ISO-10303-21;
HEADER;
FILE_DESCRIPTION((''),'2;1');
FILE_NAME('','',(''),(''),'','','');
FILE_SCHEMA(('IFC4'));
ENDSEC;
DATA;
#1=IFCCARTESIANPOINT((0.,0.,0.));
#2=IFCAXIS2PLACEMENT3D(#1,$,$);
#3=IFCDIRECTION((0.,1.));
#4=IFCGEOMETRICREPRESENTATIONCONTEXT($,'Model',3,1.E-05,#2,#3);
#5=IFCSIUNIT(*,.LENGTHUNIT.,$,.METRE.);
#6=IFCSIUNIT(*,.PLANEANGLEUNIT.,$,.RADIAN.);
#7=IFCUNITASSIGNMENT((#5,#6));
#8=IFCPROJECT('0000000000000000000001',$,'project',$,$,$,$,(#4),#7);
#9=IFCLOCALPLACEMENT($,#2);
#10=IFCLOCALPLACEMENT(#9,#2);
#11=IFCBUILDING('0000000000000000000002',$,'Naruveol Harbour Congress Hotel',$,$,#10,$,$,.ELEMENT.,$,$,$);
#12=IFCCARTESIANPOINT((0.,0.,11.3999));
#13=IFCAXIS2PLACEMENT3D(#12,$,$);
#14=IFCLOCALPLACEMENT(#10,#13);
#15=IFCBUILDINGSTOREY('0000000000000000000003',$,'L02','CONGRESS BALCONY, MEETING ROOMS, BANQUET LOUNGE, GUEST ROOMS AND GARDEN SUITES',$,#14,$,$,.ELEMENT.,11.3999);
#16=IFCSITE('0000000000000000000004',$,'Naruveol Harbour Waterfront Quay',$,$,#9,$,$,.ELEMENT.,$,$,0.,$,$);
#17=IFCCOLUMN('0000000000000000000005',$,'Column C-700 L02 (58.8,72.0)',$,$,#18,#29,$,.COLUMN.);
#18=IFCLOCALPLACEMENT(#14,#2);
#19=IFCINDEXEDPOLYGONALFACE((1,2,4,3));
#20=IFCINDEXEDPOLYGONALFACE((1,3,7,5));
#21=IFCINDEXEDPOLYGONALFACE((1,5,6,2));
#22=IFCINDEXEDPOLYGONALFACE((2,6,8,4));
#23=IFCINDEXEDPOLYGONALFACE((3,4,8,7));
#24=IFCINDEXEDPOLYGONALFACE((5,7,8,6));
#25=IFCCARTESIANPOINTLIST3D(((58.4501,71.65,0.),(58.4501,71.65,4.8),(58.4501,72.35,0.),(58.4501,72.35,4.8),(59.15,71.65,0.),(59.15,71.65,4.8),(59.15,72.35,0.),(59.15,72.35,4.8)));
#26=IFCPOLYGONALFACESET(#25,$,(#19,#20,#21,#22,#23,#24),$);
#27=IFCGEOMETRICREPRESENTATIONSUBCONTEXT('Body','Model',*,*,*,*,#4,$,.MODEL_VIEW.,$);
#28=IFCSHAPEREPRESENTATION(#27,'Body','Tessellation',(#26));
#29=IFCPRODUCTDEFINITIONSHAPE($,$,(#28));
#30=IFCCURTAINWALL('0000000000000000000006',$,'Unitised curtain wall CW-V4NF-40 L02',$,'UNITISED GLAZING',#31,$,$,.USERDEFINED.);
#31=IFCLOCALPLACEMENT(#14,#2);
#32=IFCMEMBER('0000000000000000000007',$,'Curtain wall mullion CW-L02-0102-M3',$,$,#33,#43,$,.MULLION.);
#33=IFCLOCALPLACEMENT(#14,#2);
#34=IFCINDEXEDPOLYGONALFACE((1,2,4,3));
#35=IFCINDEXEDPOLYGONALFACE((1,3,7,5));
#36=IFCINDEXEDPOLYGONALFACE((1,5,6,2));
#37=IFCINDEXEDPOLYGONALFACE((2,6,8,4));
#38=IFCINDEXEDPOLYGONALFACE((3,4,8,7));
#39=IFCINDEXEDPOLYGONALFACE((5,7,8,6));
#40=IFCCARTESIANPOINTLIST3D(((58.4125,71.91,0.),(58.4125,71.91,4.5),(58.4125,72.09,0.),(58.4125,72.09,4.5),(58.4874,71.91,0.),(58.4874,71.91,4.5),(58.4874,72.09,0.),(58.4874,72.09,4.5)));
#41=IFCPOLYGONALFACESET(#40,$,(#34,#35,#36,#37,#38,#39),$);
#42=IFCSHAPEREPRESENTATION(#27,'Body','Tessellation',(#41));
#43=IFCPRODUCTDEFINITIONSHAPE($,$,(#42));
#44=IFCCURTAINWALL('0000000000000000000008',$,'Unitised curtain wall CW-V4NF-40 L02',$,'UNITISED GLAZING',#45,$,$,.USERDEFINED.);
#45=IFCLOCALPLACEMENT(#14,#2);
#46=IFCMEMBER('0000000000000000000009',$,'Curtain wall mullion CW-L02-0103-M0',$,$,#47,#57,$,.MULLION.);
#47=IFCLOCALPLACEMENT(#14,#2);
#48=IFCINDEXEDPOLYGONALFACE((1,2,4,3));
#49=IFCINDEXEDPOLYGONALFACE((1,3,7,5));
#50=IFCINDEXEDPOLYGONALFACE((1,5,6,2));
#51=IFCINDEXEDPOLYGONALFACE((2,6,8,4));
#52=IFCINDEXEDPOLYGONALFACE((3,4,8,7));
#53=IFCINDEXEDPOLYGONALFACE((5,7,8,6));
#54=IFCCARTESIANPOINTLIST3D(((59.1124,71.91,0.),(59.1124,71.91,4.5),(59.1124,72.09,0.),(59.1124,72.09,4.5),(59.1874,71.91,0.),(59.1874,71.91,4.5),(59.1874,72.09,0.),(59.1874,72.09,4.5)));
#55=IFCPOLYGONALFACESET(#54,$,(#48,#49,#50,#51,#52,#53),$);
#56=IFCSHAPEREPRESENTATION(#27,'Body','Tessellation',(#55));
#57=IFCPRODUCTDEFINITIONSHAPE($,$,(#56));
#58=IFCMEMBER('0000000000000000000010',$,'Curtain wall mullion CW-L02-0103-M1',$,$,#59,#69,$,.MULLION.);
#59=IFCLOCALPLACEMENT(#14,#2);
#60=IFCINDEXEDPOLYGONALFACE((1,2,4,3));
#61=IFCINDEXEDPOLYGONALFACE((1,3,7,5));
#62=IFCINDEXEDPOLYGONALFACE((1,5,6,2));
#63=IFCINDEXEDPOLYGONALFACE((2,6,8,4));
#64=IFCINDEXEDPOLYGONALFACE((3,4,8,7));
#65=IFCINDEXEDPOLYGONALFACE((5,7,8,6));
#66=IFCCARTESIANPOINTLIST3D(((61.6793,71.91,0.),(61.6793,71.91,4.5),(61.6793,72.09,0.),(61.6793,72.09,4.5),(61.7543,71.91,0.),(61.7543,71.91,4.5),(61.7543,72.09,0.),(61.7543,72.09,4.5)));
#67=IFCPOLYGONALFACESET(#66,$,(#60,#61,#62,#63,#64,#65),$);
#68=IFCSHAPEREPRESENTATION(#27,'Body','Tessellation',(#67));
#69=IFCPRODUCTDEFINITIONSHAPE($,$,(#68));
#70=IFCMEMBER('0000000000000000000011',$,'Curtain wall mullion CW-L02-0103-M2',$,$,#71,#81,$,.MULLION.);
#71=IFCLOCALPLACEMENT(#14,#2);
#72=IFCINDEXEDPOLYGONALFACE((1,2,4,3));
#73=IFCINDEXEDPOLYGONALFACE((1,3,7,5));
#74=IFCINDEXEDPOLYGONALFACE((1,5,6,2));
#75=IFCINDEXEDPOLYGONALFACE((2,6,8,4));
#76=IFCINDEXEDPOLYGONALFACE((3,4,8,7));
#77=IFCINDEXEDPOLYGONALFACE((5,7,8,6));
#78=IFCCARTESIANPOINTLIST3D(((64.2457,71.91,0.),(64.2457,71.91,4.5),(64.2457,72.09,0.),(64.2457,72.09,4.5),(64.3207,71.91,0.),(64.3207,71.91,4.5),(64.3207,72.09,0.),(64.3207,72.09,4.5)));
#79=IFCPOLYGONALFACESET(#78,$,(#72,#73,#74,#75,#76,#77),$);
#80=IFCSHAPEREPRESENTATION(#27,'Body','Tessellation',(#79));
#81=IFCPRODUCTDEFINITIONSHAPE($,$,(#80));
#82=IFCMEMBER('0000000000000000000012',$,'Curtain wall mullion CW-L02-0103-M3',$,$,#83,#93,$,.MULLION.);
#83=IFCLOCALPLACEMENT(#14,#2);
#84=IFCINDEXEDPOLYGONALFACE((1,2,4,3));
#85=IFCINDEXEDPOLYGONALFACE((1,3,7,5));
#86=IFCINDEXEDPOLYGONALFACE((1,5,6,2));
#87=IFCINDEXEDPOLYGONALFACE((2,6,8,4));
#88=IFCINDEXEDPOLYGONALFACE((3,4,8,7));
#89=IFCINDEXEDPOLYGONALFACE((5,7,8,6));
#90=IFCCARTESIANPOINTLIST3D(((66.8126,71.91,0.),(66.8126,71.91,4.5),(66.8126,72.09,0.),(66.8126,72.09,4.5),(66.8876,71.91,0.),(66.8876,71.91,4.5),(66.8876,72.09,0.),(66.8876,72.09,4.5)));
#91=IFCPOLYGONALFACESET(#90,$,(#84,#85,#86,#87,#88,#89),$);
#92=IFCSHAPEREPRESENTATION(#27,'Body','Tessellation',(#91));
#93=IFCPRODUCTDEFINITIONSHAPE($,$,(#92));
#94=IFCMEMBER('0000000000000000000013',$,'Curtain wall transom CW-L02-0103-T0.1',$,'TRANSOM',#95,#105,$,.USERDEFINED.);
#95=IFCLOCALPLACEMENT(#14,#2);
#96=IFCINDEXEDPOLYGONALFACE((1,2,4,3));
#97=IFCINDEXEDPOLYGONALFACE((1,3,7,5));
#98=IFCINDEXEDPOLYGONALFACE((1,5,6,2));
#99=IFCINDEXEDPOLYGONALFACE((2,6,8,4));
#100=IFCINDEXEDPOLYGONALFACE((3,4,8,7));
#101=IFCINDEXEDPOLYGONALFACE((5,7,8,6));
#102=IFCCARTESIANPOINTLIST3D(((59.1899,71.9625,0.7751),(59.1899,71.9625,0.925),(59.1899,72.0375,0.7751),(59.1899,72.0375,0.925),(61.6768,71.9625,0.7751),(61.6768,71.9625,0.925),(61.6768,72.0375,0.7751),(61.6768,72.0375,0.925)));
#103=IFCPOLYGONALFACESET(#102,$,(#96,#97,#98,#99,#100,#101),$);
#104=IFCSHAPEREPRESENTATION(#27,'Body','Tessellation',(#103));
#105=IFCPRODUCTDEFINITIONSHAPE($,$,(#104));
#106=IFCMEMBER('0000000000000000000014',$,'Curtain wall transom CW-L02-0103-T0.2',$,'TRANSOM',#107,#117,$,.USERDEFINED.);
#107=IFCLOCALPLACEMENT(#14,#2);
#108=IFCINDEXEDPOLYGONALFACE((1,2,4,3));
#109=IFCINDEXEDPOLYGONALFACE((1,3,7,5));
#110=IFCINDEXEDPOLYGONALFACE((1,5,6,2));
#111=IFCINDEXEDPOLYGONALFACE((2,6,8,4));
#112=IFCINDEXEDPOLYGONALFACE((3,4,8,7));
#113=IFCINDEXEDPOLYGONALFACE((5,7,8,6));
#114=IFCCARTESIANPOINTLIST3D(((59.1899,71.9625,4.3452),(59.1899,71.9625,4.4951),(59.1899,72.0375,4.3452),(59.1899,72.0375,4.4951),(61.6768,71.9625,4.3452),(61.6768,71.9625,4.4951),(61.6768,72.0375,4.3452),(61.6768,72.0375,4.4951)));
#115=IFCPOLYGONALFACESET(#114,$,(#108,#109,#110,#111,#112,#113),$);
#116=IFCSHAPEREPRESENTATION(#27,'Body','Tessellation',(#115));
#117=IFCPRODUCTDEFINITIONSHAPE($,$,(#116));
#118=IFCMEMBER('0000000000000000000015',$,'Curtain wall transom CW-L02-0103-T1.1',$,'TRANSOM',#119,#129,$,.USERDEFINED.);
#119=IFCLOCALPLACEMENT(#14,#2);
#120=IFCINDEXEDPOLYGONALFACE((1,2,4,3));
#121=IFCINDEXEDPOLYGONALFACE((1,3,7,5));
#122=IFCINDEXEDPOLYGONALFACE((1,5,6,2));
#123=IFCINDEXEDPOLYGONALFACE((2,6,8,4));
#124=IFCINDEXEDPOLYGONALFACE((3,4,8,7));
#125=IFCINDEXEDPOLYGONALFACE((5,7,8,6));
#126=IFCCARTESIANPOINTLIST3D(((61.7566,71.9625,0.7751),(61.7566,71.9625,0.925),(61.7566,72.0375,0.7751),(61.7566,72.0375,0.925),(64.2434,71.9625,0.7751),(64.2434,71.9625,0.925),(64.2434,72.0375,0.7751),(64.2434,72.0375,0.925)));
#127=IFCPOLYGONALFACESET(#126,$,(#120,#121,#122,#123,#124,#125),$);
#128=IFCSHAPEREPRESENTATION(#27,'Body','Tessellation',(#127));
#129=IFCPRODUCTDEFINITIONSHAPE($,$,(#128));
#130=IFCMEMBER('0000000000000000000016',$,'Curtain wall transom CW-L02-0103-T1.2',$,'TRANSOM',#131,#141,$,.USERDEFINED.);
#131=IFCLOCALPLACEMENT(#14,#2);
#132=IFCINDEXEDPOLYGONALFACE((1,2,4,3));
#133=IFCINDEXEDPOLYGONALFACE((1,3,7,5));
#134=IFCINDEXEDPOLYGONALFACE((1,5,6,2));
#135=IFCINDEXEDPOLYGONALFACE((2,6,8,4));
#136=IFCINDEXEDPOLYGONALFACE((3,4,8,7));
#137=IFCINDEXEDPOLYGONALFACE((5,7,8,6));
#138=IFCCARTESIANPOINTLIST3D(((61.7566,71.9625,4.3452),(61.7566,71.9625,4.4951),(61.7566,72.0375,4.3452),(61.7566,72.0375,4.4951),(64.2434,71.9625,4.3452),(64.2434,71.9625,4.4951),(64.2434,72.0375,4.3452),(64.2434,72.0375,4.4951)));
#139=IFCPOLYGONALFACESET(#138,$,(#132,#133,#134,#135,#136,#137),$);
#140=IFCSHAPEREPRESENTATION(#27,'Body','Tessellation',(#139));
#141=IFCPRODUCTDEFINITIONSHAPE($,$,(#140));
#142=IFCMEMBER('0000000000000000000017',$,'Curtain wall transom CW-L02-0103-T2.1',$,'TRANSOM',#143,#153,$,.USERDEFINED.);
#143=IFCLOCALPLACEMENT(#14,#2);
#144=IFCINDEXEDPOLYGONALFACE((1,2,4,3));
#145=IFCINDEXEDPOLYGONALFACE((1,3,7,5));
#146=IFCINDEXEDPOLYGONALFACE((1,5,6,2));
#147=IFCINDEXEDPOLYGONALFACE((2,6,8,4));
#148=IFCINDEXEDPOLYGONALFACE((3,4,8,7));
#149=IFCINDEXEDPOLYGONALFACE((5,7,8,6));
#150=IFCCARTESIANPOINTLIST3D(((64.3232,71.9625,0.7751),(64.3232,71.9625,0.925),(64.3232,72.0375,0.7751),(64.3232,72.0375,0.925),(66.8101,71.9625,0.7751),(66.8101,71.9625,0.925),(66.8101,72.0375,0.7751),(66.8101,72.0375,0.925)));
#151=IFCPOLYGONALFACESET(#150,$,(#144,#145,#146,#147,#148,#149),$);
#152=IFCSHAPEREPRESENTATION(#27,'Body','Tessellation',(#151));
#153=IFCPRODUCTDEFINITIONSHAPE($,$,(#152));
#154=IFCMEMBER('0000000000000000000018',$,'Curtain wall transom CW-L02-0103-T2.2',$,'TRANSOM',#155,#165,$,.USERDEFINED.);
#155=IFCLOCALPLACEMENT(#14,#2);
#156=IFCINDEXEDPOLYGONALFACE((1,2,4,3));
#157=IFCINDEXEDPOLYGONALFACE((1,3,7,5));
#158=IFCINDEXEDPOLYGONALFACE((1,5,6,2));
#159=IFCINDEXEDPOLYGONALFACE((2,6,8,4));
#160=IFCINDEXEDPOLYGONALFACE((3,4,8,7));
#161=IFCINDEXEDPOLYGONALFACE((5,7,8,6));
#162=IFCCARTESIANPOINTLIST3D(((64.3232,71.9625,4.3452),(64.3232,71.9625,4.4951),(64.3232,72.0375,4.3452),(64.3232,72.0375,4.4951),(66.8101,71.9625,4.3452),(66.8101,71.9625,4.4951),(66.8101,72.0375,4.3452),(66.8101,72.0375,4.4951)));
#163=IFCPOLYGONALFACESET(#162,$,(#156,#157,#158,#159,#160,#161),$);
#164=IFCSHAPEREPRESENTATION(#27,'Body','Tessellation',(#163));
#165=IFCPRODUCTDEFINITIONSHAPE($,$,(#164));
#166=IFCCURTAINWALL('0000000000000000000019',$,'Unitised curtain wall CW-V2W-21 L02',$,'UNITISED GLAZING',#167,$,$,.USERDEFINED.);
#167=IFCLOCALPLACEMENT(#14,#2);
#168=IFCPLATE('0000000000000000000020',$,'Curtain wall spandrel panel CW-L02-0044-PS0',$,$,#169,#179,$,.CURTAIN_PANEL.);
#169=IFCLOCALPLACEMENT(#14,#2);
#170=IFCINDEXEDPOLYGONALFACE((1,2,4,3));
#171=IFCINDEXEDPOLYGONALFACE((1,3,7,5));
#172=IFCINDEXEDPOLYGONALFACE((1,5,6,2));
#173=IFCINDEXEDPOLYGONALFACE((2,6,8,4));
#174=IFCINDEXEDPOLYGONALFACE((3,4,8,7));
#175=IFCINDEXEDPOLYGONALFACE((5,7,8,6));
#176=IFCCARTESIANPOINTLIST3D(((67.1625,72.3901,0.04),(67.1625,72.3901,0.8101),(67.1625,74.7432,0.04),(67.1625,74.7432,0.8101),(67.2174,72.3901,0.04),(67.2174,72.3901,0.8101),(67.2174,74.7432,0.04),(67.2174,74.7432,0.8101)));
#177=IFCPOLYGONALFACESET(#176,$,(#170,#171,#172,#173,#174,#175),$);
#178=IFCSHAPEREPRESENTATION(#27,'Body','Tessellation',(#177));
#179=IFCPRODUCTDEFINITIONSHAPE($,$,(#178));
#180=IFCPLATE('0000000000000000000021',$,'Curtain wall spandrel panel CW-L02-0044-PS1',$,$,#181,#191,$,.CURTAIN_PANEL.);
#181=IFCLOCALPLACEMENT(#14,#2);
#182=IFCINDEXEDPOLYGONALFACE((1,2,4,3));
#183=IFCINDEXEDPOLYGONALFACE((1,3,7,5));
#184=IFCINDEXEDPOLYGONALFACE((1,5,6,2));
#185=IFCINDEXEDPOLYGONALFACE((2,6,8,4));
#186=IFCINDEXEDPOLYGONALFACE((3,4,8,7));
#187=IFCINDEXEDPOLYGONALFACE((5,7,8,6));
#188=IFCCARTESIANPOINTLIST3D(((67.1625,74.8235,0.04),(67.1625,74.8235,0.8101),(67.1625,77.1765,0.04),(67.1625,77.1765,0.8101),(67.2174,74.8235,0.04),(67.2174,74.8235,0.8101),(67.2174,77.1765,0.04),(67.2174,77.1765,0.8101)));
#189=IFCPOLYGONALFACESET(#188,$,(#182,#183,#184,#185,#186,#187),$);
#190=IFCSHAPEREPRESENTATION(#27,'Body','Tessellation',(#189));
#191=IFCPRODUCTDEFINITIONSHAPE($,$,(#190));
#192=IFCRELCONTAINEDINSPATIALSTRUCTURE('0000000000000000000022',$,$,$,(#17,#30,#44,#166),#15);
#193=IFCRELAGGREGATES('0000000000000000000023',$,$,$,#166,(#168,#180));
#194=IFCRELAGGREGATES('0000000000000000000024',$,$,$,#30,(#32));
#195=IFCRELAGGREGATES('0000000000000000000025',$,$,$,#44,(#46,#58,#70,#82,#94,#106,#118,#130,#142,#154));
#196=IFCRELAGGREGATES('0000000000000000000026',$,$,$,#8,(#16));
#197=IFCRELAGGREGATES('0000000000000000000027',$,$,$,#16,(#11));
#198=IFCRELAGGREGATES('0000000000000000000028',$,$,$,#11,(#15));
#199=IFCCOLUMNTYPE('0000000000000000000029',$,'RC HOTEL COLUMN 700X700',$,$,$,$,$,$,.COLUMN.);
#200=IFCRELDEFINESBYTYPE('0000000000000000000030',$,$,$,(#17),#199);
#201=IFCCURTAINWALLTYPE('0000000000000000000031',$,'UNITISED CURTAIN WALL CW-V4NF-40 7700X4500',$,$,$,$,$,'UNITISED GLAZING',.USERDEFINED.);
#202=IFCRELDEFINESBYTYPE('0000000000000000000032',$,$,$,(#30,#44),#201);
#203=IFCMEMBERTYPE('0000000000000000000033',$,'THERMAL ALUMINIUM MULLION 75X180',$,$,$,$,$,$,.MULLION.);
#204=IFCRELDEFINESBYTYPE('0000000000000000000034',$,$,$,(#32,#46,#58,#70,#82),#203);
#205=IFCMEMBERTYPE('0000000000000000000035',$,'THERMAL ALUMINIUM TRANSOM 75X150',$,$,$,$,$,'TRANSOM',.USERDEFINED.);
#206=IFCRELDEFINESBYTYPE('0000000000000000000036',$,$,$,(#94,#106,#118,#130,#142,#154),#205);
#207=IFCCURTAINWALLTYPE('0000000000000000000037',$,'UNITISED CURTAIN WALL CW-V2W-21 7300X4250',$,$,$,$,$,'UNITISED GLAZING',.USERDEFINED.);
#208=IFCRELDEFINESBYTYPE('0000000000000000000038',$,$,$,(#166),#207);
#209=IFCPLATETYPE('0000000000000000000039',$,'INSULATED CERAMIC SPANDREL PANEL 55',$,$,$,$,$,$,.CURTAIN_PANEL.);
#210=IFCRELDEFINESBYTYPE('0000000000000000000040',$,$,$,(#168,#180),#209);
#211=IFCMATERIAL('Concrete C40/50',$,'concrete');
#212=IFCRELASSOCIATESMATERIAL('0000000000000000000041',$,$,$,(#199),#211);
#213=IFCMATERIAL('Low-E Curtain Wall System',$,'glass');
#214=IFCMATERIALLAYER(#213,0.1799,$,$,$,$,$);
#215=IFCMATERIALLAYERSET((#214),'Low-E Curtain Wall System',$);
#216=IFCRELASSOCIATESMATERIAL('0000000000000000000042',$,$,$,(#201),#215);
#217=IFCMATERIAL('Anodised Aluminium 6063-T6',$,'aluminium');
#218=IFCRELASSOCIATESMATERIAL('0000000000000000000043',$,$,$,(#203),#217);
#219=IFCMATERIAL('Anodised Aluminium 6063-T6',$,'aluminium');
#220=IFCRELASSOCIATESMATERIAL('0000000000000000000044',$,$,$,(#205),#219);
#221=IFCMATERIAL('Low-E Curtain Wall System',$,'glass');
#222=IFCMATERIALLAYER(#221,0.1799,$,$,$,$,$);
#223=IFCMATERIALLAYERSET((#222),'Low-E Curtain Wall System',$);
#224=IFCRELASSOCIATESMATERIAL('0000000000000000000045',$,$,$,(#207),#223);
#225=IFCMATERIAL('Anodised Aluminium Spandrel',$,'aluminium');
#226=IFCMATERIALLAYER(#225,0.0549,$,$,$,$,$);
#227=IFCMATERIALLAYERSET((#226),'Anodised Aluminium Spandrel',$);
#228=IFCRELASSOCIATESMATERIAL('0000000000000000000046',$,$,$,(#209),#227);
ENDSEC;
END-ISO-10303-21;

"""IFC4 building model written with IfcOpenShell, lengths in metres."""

from ifc_helpers import new_model, si_unit, direction, frame, origin, origin_2d, place, context, subcontext, project, spatial, rectangle, extrude, material, layer, layer_set, material_profile, profile_set, type_object, element, aggregate, save


model = new_model("IFC4")

# Units and contexts
model_context = context("Model", 3, precision=1e-05, world=origin(), true_north=direction((0.0, 1.0)))
body_context = subcontext(model_context, "Body", "Model", "MODEL_VIEW")
ifc_project = project(units=[si_unit("LENGTHUNIT", "METRE"), si_unit("PLANEANGLEUNIT", "RADIAN")], contexts=[model_context])

# Site, building, storey
site_placement = place(None, origin())
site = spatial("IfcSite", under=ifc_project, at=site_placement, Name="Naruveol Harbour Waterfront Quay", CompositionType="ELEMENT", RefElevation=0.0)
building_placement = place(site_placement, origin())
building = spatial("IfcBuilding", under=site, at=building_placement, Name="Naruveol Harbour Congress Hotel", CompositionType="ELEMENT")
storey_placement = place(building_placement, frame((0.0, 0.0, 11.3999)))
storey = spatial("IfcBuildingStorey", under=building, at=storey_placement, Name="L02", Description="CONGRESS BALCONY, MEETING ROOMS, BANQUET LOUNGE, GUEST ROOMS AND GARDEN SUITES", CompositionType="ELEMENT", Elevation=11.3999)

# Column
ifc_material_1 = material(Name="Concrete C40/50", Category="concrete")
ifc_material_profile_1 = material_profile(ifc_material_1, rectangle(XDim=0.7, YDim=0.7, at=origin_2d()), Name="RC-700x700")
ifc_profile_set_1 = profile_set([ifc_material_profile_1], Name="Concrete C40/50")
column_type = type_object("IfcColumnType", Name="RC HOTEL COLUMN 700X700", PredefinedType="COLUMN", material=ifc_profile_set_1)
column_placement = place(storey_placement, frame((58.8, 72.0, 0.0), z_axis=(0.0, 0.0, 1.0), x_axis=(1.0, 0.0, 0.0)))
element("IfcColumn", 1, at=column_placement, inside=storey, type_object=column_type, Name="Column C-700 L02 (58.8,72.0)", PredefinedType="COLUMN", context=body_context, shape_type="SweptSolid", body=[
    extrude(rectangle(XDim=0.7, YDim=0.7, at=origin_2d()), origin(), (0.0, 0.0, 1.0), 4.8),
])

# Curtain wall, member
ifc_material_2 = material(Name="Low-E Curtain Wall System", Category="glass")
ifc_layer_1 = layer(ifc_material_2, 0.1799)
ifc_layer_set_1 = layer_set([ifc_layer_1], Name="Low-E Curtain Wall System")
curtain_wall_type_1 = type_object("IfcCurtainWallType", Name="UNITISED CURTAIN WALL CW-V4NF-40 7700X4500", ElementType="UNITISED GLAZING", PredefinedType="USERDEFINED", material=ifc_layer_set_1)
curtain_wall_1_placement = place(storey_placement, origin())
curtain_wall_1 = element("IfcCurtainWall", 2, at=curtain_wall_1_placement, inside=storey, type_object=curtain_wall_type_1, Name="Unitised curtain wall CW-V4NF-40 L02", ObjectType="UNITISED GLAZING", PredefinedType="USERDEFINED")
ifc_material_3 = material(Name="Anodised Aluminium 6063-T6", Category="aluminium")
ifc_material_profile_2 = material_profile(ifc_material_3, rectangle(XDim=0.075, YDim=0.1799, at=origin_2d()), Name="ALU-75x180")
ifc_profile_set_2 = profile_set([ifc_material_profile_2], Name="Anodised Aluminium 6063-T6")
member_type_1 = type_object("IfcMemberType", Name="THERMAL ALUMINIUM MULLION 75X180", PredefinedType="MULLION", material=ifc_profile_set_2)
member_1_placement = place(storey_placement, frame((58.45, 72.0, 0.0), z_axis=(0.0, 0.0, 1.0), x_axis=(1.0, 0.0, 0.0)))
member_1 = element("IfcMember", 3, at=member_1_placement, type_object=member_type_1, Name="Curtain wall mullion CW-L02-0102-M3", PredefinedType="MULLION", context=body_context, shape_type="SweptSolid", body=[
    extrude(rectangle(XDim=0.075, YDim=0.1799, at=origin_2d()), origin(), (0.0, 0.0, 1.0), 4.5),
])

# Curtain wall, members
curtain_wall_2_placement = place(storey_placement, origin())
curtain_wall_2 = element("IfcCurtainWall", 4, at=curtain_wall_2_placement, inside=storey, type_object=curtain_wall_type_1, Name="Unitised curtain wall CW-V4NF-40 L02", ObjectType="UNITISED GLAZING", PredefinedType="USERDEFINED")
member_2_placement = place(storey_placement, frame((59.1499, 72.0, 0.0), z_axis=(0.0, 0.0, 1.0), x_axis=(1.0, 0.0, 0.0)))
member_2 = element("IfcMember", 5, at=member_2_placement, type_object=member_type_1, Name="Curtain wall mullion CW-L02-0103-M0", PredefinedType="MULLION", context=body_context, shape_type="SweptSolid", body=[
    extrude(rectangle(XDim=0.075, YDim=0.1799, at=origin_2d()), origin(), (0.0, 0.0, 1.0), 4.5),
])
member_3_placement = place(storey_placement, frame((61.7168, 72.0, 0.0), z_axis=(0.0, 0.0, 1.0), x_axis=(1.0, 0.0, 0.0)))
member_3 = element("IfcMember", 6, at=member_3_placement, type_object=member_type_1, Name="Curtain wall mullion CW-L02-0103-M1", PredefinedType="MULLION", context=body_context, shape_type="SweptSolid", body=[
    extrude(rectangle(XDim=0.075, YDim=0.1799, at=origin_2d()), origin(), (0.0, 0.0, 1.0), 4.5),
])
member_4_placement = place(storey_placement, frame((64.2832, 72.0, 0.0), z_axis=(0.0, 0.0, 1.0), x_axis=(1.0, 0.0, 0.0)))
member_4 = element("IfcMember", 7, at=member_4_placement, type_object=member_type_1, Name="Curtain wall mullion CW-L02-0103-M2", PredefinedType="MULLION", context=body_context, shape_type="SweptSolid", body=[
    extrude(rectangle(XDim=0.075, YDim=0.1799, at=origin_2d()), origin(), (0.0, 0.0, 1.0), 4.5),
])
member_5_placement = place(storey_placement, frame((66.8501, 72.0, 0.0), z_axis=(0.0, 0.0, 1.0), x_axis=(1.0, 0.0, 0.0)))
member_5 = element("IfcMember", 8, at=member_5_placement, type_object=member_type_1, Name="Curtain wall mullion CW-L02-0103-M3", PredefinedType="MULLION", context=body_context, shape_type="SweptSolid", body=[
    extrude(rectangle(XDim=0.075, YDim=0.1799, at=origin_2d()), origin(), (0.0, 0.0, 1.0), 4.5),
])
ifc_material_4 = material(Name="Anodised Aluminium 6063-T6", Category="aluminium")
ifc_material_profile_3 = material_profile(ifc_material_4, rectangle(XDim=0.075, YDim=0.1499, at=origin_2d()), Name="ALU-75x150")
ifc_profile_set_3 = profile_set([ifc_material_profile_3], Name="Anodised Aluminium 6063-T6")
member_type_2 = type_object("IfcMemberType", Name="THERMAL ALUMINIUM TRANSOM 75X150", ElementType="TRANSOM", PredefinedType="USERDEFINED", material=ifc_profile_set_3)
member_6_placement = place(storey_placement, frame((59.1899, 72.0, 0.8501), z_axis=(1.0, 0.0, 0.0), x_axis=(0.0, 1.0, 0.0)))
member_6 = element("IfcMember", 9, at=member_6_placement, type_object=member_type_2, Name="Curtain wall transom CW-L02-0103-T0.1", ObjectType="TRANSOM", PredefinedType="USERDEFINED", context=body_context, shape_type="SweptSolid", body=[
    extrude(rectangle(XDim=0.075, YDim=0.1499, at=origin_2d()), origin(), (0.0, 0.0, 1.0), 2.4868),
])
member_7_placement = place(storey_placement, frame((59.1899, 72.0, 4.4202), z_axis=(1.0, 0.0, 0.0), x_axis=(0.0, 1.0, 0.0)))
member_7 = element("IfcMember", 10, at=member_7_placement, type_object=member_type_2, Name="Curtain wall transom CW-L02-0103-T0.2", ObjectType="TRANSOM", PredefinedType="USERDEFINED", context=body_context, shape_type="SweptSolid", body=[
    extrude(rectangle(XDim=0.075, YDim=0.1499, at=origin_2d()), origin(), (0.0, 0.0, 1.0), 2.4868),
])
member_8_placement = place(storey_placement, frame((61.7566, 72.0, 0.8501), z_axis=(1.0, 0.0, 0.0), x_axis=(0.0, 1.0, 0.0)))
member_8 = element("IfcMember", 11, at=member_8_placement, type_object=member_type_2, Name="Curtain wall transom CW-L02-0103-T1.1", ObjectType="TRANSOM", PredefinedType="USERDEFINED", context=body_context, shape_type="SweptSolid", body=[
    extrude(rectangle(XDim=0.075, YDim=0.1499, at=origin_2d()), origin(), (0.0, 0.0, 1.0), 2.4868),
])
member_9_placement = place(storey_placement, frame((61.7566, 72.0, 4.4202), z_axis=(1.0, 0.0, 0.0), x_axis=(0.0, 1.0, 0.0)))
member_9 = element("IfcMember", 12, at=member_9_placement, type_object=member_type_2, Name="Curtain wall transom CW-L02-0103-T1.2", ObjectType="TRANSOM", PredefinedType="USERDEFINED", context=body_context, shape_type="SweptSolid", body=[
    extrude(rectangle(XDim=0.075, YDim=0.1499, at=origin_2d()), origin(), (0.0, 0.0, 1.0), 2.4868),
])
member_10_placement = place(storey_placement, frame((64.3232, 72.0, 0.8501), z_axis=(1.0, 0.0, 0.0), x_axis=(0.0, 1.0, 0.0)))
member_10 = element("IfcMember", 13, at=member_10_placement, type_object=member_type_2, Name="Curtain wall transom CW-L02-0103-T2.1", ObjectType="TRANSOM", PredefinedType="USERDEFINED", context=body_context, shape_type="SweptSolid", body=[
    extrude(rectangle(XDim=0.075, YDim=0.1499, at=origin_2d()), origin(), (0.0, 0.0, 1.0), 2.4868),
])
member_11_placement = place(storey_placement, frame((64.3232, 72.0, 4.4202), z_axis=(1.0, 0.0, 0.0), x_axis=(0.0, 1.0, 0.0)))
member_11 = element("IfcMember", 14, at=member_11_placement, type_object=member_type_2, Name="Curtain wall transom CW-L02-0103-T2.2", ObjectType="TRANSOM", PredefinedType="USERDEFINED", context=body_context, shape_type="SweptSolid", body=[
    extrude(rectangle(XDim=0.075, YDim=0.1499, at=origin_2d()), origin(), (0.0, 0.0, 1.0), 2.4868),
])

# Curtain wall, plates
ifc_material_5 = material(Name="Low-E Curtain Wall System", Category="glass")
ifc_layer_2 = layer(ifc_material_5, 0.1799)
ifc_layer_set_2 = layer_set([ifc_layer_2], Name="Low-E Curtain Wall System")
curtain_wall_type_2 = type_object("IfcCurtainWallType", Name="UNITISED CURTAIN WALL CW-V2W-21 7300X4250", ElementType="UNITISED GLAZING", PredefinedType="USERDEFINED", material=ifc_layer_set_2)
curtain_wall_3_placement = place(storey_placement, origin())
curtain_wall_3 = element("IfcCurtainWall", 15, at=curtain_wall_3_placement, inside=storey, type_object=curtain_wall_type_2, Name="Unitised curtain wall CW-V2W-21 L02", ObjectType="UNITISED GLAZING", PredefinedType="USERDEFINED")
ifc_material_6 = material(Name="Anodised Aluminium Spandrel", Category="aluminium")
ifc_layer_3 = layer(ifc_material_6, 0.0549)
ifc_layer_set_3 = layer_set([ifc_layer_3], Name="Anodised Aluminium Spandrel")
plate_type_1 = type_object("IfcPlateType", Name="INSULATED CERAMIC SPANDREL PANEL 55", PredefinedType="CURTAIN_PANEL", material=ifc_layer_set_3)
plate_1_placement = place(storey_placement, frame((67.1899, 73.5667, 0.04), z_axis=(0.0, 0.0, 1.0), x_axis=(0.0, 1.0, 0.0)))
plate_1 = element("IfcPlate", 16, at=plate_1_placement, type_object=plate_type_1, Name="Curtain wall spandrel panel CW-L02-0044-PS0", PredefinedType="CURTAIN_PANEL", context=body_context, shape_type="SweptSolid", body=[
    extrude(rectangle(XDim=2.353, YDim=0.0549, at=origin_2d()), origin(), (0.0, 0.0, 1.0), 0.77),
])
plate_2_placement = place(storey_placement, frame((67.1899, 76.0, 0.04), z_axis=(0.0, 0.0, 1.0), x_axis=(0.0, 1.0, 0.0)))
plate_2 = element("IfcPlate", 17, at=plate_2_placement, type_object=plate_type_1, Name="Curtain wall spandrel panel CW-L02-0044-PS1", PredefinedType="CURTAIN_PANEL", context=body_context, shape_type="SweptSolid", body=[
    extrude(rectangle(XDim=2.353, YDim=0.0549, at=origin_2d()), origin(), (0.0, 0.0, 1.0), 0.77),
])

aggregate(curtain_wall_3, [plate_1, plate_2])
aggregate(curtain_wall_1, [member_1])
aggregate(curtain_wall_2, [member_2, member_3, member_4, member_5, member_6, member_7, member_8, member_9, member_10, member_11])

save(model, "model.ifc")
